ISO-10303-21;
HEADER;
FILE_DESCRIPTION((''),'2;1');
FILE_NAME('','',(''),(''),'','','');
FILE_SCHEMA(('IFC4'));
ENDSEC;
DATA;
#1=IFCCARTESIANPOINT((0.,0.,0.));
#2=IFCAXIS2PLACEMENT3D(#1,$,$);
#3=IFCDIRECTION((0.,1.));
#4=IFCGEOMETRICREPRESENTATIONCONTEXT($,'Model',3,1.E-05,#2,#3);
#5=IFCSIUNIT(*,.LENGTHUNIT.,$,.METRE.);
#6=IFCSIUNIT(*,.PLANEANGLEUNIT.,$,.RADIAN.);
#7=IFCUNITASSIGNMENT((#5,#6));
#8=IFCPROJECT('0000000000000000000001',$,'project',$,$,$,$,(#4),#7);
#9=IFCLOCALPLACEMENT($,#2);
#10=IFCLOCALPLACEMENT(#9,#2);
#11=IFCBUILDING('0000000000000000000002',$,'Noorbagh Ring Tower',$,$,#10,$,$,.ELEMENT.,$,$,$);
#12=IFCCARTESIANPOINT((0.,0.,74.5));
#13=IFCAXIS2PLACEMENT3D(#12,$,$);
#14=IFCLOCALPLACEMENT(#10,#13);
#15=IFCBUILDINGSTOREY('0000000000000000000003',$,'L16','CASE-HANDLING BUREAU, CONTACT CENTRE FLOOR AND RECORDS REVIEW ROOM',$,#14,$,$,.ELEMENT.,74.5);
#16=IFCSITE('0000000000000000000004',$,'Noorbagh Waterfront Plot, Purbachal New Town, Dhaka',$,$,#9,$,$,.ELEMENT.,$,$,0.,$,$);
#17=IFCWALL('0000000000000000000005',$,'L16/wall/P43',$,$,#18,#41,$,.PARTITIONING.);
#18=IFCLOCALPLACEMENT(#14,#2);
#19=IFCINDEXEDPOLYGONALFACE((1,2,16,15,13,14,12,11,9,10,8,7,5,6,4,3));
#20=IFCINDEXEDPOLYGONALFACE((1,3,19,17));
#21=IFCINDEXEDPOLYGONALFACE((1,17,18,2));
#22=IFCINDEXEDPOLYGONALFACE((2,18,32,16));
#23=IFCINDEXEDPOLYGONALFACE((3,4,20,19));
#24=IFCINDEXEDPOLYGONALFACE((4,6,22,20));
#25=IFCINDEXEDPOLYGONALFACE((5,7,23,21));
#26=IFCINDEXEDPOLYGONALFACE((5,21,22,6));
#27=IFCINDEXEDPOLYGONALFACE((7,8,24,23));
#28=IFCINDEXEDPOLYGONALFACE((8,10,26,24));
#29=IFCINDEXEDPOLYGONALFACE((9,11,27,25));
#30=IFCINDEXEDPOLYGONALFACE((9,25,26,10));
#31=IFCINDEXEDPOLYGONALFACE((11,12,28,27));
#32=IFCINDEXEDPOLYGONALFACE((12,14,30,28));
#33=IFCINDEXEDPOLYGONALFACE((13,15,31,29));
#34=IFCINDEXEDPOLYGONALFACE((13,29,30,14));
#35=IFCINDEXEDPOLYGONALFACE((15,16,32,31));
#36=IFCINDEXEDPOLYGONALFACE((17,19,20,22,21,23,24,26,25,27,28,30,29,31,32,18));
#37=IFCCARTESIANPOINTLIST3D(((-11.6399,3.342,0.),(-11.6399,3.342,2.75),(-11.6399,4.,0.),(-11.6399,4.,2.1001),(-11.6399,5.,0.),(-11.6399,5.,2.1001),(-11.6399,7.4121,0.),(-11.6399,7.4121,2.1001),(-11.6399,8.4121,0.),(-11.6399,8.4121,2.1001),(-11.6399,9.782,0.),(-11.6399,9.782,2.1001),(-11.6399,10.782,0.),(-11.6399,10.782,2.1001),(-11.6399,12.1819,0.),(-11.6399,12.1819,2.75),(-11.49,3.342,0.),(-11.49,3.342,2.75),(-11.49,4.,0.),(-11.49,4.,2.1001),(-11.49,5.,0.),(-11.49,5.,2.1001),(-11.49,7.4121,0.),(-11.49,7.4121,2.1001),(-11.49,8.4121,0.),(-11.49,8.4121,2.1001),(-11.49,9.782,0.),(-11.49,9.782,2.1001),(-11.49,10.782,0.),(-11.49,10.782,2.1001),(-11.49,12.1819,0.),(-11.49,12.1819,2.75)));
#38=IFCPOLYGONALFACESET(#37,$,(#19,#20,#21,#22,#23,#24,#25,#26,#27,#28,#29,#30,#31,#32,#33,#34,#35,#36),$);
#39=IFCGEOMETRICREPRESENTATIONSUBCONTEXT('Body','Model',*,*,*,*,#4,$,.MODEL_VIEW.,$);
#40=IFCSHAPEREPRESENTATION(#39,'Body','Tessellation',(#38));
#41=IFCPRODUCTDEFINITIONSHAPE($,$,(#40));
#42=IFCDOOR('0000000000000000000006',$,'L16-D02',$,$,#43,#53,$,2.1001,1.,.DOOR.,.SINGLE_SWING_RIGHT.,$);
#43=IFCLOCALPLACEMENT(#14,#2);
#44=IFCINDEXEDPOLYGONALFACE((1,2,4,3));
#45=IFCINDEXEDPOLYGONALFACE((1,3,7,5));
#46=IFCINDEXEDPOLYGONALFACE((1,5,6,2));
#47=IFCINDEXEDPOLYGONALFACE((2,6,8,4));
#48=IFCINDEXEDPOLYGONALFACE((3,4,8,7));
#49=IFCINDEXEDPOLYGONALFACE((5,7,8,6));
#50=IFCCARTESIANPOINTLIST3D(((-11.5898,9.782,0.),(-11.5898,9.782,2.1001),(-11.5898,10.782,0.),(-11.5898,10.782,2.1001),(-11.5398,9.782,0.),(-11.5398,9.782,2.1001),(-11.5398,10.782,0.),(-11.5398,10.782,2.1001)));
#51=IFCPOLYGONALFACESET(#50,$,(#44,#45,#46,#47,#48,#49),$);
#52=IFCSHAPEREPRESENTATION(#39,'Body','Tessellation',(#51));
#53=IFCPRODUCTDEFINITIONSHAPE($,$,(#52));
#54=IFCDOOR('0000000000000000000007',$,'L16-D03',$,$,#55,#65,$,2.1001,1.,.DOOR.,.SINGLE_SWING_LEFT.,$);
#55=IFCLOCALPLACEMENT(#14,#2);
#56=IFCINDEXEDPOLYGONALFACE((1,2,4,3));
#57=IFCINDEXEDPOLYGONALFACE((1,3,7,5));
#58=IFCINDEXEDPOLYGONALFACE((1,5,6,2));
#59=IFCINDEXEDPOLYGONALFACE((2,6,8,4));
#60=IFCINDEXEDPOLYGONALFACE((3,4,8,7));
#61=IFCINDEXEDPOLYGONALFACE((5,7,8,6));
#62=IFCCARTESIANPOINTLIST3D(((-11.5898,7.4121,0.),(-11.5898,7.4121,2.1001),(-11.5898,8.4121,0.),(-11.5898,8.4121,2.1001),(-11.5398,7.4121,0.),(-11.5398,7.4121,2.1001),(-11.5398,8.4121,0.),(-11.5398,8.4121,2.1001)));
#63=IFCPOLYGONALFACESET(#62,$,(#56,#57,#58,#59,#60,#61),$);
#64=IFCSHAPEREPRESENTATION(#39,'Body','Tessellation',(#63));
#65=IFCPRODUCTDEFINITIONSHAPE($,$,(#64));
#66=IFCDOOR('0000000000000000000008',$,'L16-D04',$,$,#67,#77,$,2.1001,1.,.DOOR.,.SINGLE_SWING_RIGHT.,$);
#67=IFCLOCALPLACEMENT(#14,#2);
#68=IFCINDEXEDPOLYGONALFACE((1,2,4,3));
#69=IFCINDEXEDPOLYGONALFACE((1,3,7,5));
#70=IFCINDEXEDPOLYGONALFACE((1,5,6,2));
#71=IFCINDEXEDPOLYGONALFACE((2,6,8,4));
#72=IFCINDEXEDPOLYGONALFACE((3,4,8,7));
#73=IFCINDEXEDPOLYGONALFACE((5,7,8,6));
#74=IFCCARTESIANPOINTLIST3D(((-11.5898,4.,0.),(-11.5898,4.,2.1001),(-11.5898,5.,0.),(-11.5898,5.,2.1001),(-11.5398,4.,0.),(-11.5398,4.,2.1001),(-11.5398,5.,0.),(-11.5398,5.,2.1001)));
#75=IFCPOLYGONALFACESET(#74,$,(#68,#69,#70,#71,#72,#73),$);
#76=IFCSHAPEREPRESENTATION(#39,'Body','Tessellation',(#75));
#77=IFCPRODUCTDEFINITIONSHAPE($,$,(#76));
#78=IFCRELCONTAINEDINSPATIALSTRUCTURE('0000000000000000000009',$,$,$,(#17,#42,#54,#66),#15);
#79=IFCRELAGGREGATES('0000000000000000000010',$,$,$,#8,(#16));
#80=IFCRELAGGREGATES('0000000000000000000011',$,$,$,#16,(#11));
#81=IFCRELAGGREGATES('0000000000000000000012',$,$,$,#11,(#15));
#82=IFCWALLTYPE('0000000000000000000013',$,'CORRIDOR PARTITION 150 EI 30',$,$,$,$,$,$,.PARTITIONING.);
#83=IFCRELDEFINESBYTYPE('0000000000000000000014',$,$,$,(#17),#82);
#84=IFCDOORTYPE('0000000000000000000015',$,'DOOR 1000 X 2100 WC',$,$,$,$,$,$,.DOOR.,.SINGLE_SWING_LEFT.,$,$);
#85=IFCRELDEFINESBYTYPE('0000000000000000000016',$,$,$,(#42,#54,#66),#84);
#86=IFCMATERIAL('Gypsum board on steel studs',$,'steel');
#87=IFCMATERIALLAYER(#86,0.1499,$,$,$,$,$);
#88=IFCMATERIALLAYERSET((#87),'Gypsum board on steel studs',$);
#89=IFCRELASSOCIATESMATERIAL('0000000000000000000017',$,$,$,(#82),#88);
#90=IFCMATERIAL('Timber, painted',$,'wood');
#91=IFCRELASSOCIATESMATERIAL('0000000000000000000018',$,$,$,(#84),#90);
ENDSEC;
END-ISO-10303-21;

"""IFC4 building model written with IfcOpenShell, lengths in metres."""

from ifc_helpers import new_model, si_unit, direction, frame, frame_2d, origin, place, context, subcontext, project, spatial, rectangle, extrude, material, layer, layer_set, type_object, element, fill, save


model = new_model("IFC4")

# Units and contexts
model_context = context("Model", 3, precision=1e-05, world=origin(), true_north=direction((0.0, 1.0)))
body_context = subcontext(model_context, "Body", "Model", "MODEL_VIEW")
ifc_project = project(units=[si_unit("LENGTHUNIT", "METRE"), si_unit("PLANEANGLEUNIT", "RADIAN")], contexts=[model_context])

# Site, building, storey
site_placement = place(None, origin())
site = spatial("IfcSite", under=ifc_project, at=site_placement, Name="Noorbagh Waterfront Plot, Purbachal New Town, Dhaka", CompositionType="ELEMENT", RefElevation=0.0)
building_placement = place(site_placement, origin())
building = spatial("IfcBuilding", under=site, at=building_placement, Name="Noorbagh Ring Tower", CompositionType="ELEMENT")
storey_placement = place(building_placement, frame((0.0, 0.0, 74.5)))
storey = spatial("IfcBuildingStorey", under=building, at=storey_placement, Name="L16", Description="CASE-HANDLING BUREAU, CONTACT CENTRE FLOOR AND RECORDS REVIEW ROOM", CompositionType="ELEMENT", Elevation=74.5)

# Shared definitions
ifc_material_1 = material(Name="Gypsum board on steel studs", Category="steel")
ifc_layer_1 = layer(ifc_material_1, 0.1499)
ifc_layer_set_1 = layer_set([ifc_layer_1], Name="Gypsum board on steel studs")
wall_type_1 = type_object("IfcWallType", Name="CORRIDOR PARTITION 150 EI 30", PredefinedType="PARTITIONING", material=ifc_layer_set_1)

# Wall, openings, doors
wall_1_placement = place(storey_placement, frame((-11.5649, 3.342, 0.0), z_axis=(0.0, 0.0, 1.0), x_axis=(0.0, 1.0, 0.0)))
wall_1 = element("IfcWall", 1, at=wall_1_placement, inside=storey, type_object=wall_type_1, Name="L16/wall/P43", PredefinedType="PARTITIONING", context=body_context, shape_type="SweptSolid", body=[
    extrude(rectangle(XDim=8.8398, YDim=0.1499, at=frame_2d((4.4199, 0.0))), origin(), (0.0, 0.0, 1.0), 2.75),
])
opening_1_placement = place(wall_1_placement, frame((6.4399, 0.0, 0.0)))
opening_1 = element("IfcOpeningElement", 2, at=opening_1_placement, cuts=wall_1, PredefinedType="OPENING", context=body_context, shape_type="SweptSolid", body=[
    extrude(rectangle(XDim=1.0, YDim=2.1001, at=frame_2d((0.5, 1.05))), frame((0.0, 0.085, 0.0), z_axis=(0.0, -1.0, 0.0), x_axis=(1.0, 0.0, 0.0)), (0.0, 0.0, 1.0), 0.1699),
])
opening_2_placement = place(wall_1_placement, frame((4.0701, 0.0, 0.0)))
opening_2 = element("IfcOpeningElement", 3, at=opening_2_placement, cuts=wall_1, PredefinedType="OPENING", context=body_context, shape_type="SweptSolid", body=[
    extrude(rectangle(XDim=1.0, YDim=2.1001, at=frame_2d((0.5, 1.05))), frame((0.0, 0.085, 0.0), z_axis=(0.0, -1.0, 0.0), x_axis=(1.0, 0.0, 0.0)), (0.0, 0.0, 1.0), 0.1699),
])
opening_3_placement = place(wall_1_placement, frame((0.658, 0.0, 0.0)))
opening_3 = element("IfcOpeningElement", 4, at=opening_3_placement, cuts=wall_1, PredefinedType="OPENING", context=body_context, shape_type="SweptSolid", body=[
    extrude(rectangle(XDim=1.0, YDim=2.1001, at=frame_2d((0.5, 1.05))), frame((0.0, 0.085, 0.0), z_axis=(0.0, -1.0, 0.0), x_axis=(1.0, 0.0, 0.0)), (0.0, 0.0, 1.0), 0.1699),
])
ifc_material_2 = material(Name="Timber, painted", Category="wood")
door_type_1 = type_object("IfcDoorType", Name="DOOR 1000 X 2100 WC", OperationType="SINGLE_SWING_LEFT", PredefinedType="DOOR", material=ifc_material_2)
door_1_placement = place(opening_1_placement, origin())
door_1 = element("IfcDoor", 5, at=door_1_placement, inside=storey, type_object=door_type_1, Name="L16-D02", OperationType="SINGLE_SWING_RIGHT", OverallHeight=2.1001, OverallWidth=1.0, PredefinedType="DOOR", context=body_context, shape_type="SweptSolid", body=[
    extrude(rectangle(XDim=1.0, YDim=2.1001, at=frame_2d((0.5, 1.05))), frame((0.0, 0.0249, 0.0), z_axis=(0.0, -1.0, 0.0), x_axis=(1.0, 0.0, 0.0)), (0.0, 0.0, 1.0), 0.05),
])
fill(opening_1, door_1)
door_2_placement = place(opening_2_placement, origin())
door_2 = element("IfcDoor", 6, at=door_2_placement, inside=storey, type_object=door_type_1, Name="L16-D03", OperationType="SINGLE_SWING_LEFT", OverallHeight=2.1001, OverallWidth=1.0, PredefinedType="DOOR", context=body_context, shape_type="SweptSolid", body=[
    extrude(rectangle(XDim=1.0, YDim=2.1001, at=frame_2d((0.5, 1.05))), frame((0.0, 0.0249, 0.0), z_axis=(0.0, -1.0, 0.0), x_axis=(1.0, 0.0, 0.0)), (0.0, 0.0, 1.0), 0.05),
])
fill(opening_2, door_2)
door_3_placement = place(opening_3_placement, origin())
door_3 = element("IfcDoor", 7, at=door_3_placement, inside=storey, type_object=door_type_1, Name="L16-D04", OperationType="SINGLE_SWING_RIGHT", OverallHeight=2.1001, OverallWidth=1.0, PredefinedType="DOOR", context=body_context, shape_type="SweptSolid", body=[
    extrude(rectangle(XDim=1.0, YDim=2.1001, at=frame_2d((0.5, 1.05))), frame((0.0, 0.0249, 0.0), z_axis=(0.0, -1.0, 0.0), x_axis=(1.0, 0.0, 0.0)), (0.0, 0.0, 1.0), 0.05),
])
fill(opening_3, door_3)

save(model, "model.ifc")
